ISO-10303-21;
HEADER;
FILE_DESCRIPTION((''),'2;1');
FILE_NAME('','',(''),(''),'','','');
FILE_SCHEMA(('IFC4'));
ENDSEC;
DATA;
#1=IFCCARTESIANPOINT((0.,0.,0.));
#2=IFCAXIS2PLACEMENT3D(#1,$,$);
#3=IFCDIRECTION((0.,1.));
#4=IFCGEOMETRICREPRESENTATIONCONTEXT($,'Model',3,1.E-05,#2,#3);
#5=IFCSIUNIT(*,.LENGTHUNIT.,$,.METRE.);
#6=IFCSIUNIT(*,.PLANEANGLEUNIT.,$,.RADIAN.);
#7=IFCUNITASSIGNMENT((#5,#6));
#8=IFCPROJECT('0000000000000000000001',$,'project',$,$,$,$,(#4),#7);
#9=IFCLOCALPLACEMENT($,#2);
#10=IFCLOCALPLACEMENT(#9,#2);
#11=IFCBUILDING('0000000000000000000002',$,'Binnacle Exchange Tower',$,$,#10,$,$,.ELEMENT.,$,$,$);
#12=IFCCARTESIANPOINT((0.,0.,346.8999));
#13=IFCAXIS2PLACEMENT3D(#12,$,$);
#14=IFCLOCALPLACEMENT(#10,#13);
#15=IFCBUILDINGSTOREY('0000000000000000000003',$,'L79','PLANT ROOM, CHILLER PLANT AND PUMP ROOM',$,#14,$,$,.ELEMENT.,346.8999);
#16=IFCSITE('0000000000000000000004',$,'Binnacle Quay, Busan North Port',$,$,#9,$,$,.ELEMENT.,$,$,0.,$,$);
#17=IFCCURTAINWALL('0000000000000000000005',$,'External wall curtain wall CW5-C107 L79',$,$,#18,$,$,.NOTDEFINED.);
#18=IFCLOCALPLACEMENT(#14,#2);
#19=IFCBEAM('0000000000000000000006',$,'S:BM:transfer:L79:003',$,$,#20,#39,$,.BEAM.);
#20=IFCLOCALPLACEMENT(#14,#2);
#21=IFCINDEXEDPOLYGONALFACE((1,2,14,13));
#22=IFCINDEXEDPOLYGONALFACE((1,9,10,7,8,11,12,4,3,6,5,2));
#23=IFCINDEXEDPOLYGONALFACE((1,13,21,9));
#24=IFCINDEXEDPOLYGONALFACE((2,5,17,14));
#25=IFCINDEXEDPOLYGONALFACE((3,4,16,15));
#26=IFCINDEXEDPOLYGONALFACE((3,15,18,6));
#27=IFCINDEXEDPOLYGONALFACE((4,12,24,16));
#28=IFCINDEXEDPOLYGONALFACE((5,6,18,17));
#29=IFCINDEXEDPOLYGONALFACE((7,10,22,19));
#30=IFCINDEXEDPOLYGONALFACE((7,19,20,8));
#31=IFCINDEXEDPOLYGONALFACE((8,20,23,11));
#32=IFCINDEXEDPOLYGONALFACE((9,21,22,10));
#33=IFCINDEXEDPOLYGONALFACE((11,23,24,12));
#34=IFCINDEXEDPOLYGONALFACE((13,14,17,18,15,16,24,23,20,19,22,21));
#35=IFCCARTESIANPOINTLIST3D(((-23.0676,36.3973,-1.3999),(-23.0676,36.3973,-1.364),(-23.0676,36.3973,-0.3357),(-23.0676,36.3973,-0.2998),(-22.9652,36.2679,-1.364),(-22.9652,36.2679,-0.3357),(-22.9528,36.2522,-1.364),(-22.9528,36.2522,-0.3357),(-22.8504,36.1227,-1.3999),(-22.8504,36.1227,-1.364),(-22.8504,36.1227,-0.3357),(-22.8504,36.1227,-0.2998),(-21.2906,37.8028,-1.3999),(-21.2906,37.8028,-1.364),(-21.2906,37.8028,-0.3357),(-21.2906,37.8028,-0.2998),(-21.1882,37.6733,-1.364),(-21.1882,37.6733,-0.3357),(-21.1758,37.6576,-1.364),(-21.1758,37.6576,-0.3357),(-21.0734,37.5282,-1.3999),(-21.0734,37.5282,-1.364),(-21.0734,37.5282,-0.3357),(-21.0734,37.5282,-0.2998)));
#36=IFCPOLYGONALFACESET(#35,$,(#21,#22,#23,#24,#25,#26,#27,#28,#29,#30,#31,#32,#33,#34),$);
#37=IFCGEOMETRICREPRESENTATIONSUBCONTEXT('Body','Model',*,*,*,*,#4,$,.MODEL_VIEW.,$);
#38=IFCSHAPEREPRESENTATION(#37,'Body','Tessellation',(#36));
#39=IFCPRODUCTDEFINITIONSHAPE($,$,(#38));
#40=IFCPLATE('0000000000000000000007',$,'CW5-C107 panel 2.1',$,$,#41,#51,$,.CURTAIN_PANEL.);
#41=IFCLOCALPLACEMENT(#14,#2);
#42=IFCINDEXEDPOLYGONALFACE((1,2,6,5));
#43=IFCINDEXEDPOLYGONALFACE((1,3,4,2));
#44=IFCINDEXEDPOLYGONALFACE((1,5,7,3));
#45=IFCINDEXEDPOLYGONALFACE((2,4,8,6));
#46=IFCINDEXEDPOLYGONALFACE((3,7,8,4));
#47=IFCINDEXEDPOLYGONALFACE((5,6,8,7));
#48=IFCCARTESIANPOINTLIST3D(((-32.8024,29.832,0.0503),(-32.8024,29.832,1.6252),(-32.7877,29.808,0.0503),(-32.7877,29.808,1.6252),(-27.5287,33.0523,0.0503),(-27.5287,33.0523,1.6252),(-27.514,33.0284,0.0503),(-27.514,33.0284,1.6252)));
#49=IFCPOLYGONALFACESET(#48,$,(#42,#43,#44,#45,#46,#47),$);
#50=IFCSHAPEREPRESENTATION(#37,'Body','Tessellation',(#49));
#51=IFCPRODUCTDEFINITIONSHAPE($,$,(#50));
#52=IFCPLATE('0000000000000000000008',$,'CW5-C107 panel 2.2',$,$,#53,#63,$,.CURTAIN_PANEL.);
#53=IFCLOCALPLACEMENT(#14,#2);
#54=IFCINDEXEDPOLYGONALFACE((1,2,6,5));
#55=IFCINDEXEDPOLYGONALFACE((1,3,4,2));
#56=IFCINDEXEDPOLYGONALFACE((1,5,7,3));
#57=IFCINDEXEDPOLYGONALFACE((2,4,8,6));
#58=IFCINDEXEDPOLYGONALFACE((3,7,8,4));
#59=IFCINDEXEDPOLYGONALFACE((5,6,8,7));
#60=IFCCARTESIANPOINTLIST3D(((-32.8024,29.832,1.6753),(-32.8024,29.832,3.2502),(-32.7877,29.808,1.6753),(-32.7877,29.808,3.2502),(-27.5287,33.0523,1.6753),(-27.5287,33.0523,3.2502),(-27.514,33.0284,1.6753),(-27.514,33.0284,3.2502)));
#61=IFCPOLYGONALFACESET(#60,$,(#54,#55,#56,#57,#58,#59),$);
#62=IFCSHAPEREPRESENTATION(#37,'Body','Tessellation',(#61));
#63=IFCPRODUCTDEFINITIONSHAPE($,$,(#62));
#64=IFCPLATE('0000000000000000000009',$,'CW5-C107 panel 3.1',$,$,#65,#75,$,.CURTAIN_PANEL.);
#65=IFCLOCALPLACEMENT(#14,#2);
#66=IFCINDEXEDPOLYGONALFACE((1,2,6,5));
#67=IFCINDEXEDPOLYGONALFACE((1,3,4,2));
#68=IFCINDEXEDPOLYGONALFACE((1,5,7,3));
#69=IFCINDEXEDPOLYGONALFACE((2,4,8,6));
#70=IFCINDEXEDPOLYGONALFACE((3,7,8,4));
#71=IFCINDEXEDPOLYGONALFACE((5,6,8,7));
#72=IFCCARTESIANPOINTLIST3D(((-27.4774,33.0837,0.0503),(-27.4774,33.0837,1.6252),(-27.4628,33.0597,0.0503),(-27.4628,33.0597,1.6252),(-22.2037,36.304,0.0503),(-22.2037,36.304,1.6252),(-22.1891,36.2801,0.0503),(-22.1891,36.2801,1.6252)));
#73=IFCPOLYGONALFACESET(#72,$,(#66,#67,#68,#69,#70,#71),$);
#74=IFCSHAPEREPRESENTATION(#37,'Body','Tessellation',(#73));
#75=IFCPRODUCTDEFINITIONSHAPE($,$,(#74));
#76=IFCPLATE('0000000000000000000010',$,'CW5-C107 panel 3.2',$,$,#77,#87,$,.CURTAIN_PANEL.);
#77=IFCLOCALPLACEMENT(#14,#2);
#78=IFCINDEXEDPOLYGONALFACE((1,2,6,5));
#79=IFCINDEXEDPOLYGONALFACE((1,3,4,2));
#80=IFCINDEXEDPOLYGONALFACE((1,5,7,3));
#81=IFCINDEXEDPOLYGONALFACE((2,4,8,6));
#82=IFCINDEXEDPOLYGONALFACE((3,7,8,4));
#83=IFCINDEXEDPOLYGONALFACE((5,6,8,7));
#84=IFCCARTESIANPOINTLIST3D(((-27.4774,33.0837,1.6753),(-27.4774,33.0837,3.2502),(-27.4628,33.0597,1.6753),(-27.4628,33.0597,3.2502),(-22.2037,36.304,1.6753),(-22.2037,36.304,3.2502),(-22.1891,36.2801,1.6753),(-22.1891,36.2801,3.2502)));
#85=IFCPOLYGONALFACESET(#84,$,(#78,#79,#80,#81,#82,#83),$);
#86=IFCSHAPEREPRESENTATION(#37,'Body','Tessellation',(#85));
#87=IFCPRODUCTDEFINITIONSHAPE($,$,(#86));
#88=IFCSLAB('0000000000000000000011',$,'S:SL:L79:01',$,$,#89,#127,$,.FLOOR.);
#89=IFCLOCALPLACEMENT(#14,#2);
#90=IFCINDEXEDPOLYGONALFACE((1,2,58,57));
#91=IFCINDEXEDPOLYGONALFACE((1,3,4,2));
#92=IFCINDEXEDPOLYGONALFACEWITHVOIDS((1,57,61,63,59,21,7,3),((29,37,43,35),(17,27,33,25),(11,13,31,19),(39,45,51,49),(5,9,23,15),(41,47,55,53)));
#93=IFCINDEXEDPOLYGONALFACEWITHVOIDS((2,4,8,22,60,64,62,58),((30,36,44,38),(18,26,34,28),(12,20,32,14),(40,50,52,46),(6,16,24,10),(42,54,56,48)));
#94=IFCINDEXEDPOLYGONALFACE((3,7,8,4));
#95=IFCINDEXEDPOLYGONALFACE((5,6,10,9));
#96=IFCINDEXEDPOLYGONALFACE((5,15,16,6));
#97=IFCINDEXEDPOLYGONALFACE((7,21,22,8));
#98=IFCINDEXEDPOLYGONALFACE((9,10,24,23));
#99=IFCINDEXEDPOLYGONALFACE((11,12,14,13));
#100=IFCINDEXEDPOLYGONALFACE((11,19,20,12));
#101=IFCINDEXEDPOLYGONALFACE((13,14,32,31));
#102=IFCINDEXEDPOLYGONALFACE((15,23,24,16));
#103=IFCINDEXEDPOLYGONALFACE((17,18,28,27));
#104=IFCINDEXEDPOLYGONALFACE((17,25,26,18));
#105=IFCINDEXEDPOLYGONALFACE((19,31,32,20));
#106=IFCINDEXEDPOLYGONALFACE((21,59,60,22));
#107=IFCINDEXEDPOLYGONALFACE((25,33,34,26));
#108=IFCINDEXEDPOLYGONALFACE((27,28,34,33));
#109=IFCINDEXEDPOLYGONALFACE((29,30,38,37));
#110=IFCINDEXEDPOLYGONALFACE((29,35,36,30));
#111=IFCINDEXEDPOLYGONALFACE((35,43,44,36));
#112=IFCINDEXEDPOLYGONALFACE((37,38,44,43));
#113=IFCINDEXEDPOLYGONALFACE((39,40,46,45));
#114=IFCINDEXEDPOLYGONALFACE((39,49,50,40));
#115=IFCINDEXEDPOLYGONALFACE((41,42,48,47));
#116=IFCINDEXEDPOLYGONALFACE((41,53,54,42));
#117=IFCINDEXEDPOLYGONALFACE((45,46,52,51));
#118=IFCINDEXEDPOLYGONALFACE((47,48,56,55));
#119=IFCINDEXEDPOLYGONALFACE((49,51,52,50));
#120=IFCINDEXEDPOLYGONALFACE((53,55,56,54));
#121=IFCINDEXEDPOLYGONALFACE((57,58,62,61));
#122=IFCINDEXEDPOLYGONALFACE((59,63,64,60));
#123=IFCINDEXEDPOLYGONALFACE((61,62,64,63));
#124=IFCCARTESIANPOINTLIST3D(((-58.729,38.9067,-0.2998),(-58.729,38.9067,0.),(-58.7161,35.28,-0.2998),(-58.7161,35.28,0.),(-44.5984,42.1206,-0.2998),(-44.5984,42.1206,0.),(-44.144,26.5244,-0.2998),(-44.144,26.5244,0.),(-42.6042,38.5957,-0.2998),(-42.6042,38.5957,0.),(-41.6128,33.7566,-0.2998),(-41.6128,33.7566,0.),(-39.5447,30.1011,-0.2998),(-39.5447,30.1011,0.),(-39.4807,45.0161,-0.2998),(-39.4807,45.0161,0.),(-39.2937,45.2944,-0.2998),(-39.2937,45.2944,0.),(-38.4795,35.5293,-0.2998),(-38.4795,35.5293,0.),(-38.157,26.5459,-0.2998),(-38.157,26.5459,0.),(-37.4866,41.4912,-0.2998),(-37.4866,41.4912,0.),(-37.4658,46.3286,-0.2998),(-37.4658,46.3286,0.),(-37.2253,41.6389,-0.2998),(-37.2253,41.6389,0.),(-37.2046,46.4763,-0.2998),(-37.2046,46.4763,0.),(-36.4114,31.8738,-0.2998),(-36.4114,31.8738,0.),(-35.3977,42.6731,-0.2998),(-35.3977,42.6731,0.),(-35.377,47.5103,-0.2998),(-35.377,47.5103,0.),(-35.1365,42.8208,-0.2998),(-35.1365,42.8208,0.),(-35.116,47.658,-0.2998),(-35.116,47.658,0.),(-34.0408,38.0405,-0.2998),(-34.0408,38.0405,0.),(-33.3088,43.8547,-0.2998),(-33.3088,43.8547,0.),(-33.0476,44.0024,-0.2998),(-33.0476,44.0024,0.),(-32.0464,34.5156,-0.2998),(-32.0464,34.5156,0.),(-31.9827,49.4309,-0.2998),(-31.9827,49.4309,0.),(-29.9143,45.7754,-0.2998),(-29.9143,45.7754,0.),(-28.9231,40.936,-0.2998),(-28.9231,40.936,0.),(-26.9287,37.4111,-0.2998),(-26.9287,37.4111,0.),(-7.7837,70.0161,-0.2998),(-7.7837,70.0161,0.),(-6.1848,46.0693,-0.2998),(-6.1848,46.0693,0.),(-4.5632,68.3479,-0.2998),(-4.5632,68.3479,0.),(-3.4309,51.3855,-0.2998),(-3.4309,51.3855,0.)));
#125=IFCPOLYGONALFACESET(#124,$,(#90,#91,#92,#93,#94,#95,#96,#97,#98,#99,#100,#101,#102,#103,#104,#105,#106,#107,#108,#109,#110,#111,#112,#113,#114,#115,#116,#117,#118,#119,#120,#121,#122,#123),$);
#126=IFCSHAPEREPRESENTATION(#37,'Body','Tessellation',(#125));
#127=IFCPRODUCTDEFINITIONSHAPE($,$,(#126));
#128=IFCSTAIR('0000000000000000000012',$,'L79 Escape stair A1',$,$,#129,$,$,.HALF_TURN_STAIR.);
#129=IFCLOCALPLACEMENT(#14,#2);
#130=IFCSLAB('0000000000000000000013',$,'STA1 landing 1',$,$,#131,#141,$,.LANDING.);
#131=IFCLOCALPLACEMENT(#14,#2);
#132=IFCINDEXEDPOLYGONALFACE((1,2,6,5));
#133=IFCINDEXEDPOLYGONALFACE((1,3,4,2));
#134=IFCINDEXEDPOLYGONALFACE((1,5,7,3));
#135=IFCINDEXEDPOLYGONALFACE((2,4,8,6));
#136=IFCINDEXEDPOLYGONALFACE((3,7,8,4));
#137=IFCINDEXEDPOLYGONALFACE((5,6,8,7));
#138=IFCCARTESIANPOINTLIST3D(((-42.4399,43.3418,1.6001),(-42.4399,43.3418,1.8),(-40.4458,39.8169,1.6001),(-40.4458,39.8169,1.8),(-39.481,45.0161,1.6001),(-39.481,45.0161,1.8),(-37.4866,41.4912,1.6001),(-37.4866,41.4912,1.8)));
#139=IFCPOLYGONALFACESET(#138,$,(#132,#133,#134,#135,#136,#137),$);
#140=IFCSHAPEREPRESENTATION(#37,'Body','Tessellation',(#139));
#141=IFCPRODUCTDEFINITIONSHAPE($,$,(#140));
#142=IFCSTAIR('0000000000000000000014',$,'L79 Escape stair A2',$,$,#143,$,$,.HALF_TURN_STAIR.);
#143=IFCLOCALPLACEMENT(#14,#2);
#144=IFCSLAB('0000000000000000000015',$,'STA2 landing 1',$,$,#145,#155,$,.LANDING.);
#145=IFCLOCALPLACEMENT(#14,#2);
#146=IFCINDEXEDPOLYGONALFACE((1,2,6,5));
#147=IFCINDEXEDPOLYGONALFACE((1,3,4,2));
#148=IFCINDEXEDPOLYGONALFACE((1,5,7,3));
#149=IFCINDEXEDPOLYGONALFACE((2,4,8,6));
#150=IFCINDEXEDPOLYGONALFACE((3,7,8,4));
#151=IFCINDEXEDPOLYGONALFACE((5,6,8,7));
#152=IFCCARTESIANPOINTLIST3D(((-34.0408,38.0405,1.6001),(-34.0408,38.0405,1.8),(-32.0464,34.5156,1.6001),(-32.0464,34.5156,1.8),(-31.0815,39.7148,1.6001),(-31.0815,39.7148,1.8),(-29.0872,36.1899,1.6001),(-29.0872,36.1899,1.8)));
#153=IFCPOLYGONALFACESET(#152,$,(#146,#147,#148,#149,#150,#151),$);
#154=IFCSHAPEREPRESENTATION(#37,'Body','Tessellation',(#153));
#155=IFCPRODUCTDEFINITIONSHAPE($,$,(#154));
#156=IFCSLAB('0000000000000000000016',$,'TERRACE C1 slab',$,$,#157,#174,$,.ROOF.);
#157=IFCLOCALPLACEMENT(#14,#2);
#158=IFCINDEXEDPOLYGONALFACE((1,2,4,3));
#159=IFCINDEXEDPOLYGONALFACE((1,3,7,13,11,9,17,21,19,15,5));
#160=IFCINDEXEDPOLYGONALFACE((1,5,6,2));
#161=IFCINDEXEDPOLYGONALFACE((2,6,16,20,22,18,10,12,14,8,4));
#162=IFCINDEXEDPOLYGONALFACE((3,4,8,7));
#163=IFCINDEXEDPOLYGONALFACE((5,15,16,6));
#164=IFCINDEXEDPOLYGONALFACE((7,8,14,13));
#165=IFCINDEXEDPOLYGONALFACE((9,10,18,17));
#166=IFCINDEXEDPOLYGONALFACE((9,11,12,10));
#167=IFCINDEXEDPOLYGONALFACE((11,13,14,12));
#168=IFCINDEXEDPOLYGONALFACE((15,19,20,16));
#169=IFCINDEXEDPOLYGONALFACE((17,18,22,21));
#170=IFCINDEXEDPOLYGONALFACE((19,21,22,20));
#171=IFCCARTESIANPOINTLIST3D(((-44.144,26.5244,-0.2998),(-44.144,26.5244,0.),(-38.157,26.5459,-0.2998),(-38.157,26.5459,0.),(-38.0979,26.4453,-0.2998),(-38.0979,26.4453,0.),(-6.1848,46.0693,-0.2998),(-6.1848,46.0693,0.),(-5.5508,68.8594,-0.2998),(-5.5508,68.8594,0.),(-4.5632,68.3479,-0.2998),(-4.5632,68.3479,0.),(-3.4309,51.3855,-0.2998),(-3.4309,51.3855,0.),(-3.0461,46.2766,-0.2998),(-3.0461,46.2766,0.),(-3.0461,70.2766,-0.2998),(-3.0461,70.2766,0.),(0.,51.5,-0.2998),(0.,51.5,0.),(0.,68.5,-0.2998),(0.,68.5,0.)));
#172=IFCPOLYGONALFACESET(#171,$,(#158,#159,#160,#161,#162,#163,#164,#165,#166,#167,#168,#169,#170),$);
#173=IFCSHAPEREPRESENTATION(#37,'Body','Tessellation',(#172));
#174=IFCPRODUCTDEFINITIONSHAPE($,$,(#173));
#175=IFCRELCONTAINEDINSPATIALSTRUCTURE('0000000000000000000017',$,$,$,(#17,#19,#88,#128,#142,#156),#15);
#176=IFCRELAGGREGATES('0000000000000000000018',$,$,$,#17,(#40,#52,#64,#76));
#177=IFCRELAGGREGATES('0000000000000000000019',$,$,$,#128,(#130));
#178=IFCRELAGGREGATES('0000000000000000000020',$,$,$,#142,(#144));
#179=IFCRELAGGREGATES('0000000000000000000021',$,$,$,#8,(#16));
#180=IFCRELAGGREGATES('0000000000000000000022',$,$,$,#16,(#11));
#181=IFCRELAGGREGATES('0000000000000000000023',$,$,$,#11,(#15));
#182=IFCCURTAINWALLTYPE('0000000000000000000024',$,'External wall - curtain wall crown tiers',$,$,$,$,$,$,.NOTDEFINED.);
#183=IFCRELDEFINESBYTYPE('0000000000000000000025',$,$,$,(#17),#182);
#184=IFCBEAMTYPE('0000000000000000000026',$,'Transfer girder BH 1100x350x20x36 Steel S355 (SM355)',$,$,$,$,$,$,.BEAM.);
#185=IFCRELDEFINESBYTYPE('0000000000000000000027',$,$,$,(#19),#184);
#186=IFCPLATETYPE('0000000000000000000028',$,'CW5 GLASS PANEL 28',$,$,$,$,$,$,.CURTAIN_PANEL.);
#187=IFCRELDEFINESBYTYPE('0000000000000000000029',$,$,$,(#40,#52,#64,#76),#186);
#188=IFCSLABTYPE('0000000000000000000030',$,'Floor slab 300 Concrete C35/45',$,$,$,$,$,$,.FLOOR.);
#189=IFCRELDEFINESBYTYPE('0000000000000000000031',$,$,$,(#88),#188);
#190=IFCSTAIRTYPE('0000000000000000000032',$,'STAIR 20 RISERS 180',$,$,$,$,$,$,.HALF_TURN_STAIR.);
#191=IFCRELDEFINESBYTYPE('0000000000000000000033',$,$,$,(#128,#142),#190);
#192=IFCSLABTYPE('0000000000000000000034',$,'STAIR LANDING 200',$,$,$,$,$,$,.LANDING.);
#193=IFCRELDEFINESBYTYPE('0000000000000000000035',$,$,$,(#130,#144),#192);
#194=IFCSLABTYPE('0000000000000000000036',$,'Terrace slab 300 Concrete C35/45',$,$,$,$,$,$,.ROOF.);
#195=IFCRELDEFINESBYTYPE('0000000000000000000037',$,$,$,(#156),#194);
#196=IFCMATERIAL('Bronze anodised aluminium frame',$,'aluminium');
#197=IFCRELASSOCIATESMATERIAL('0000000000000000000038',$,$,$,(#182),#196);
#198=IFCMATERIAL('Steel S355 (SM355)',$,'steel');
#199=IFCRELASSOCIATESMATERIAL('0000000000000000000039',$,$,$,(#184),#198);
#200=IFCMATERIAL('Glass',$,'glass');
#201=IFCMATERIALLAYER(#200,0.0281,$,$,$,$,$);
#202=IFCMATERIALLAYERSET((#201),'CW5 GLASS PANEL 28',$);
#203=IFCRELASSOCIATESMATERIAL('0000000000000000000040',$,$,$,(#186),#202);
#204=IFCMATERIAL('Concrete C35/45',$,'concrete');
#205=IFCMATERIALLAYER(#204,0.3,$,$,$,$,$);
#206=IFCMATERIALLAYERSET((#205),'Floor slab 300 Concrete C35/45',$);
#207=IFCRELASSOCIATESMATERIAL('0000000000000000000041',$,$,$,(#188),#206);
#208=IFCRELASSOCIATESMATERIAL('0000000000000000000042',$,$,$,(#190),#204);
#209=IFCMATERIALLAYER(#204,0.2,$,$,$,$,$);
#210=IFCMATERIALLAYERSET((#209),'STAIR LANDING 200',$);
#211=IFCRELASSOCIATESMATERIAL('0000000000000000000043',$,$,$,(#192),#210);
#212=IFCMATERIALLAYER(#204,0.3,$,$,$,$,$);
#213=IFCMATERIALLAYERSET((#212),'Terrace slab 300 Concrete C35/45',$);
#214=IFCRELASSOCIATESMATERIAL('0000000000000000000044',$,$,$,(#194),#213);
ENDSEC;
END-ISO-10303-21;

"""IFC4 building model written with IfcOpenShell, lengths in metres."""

from ifc_helpers import new_model, si_unit, direction, frame, origin, origin_2d, place, context, subcontext, project, spatial, polyline, rectangle, i_section, outline, extrude, material, layer, layer_set, material_profile, profile_set, type_object, element, aggregate, save


model = new_model("IFC4")

# Units and contexts
model_context = context("Model", 3, precision=1e-05, world=origin(), true_north=direction((0.0, 1.0)))
body_context = subcontext(model_context, "Body", "Model", "MODEL_VIEW")
ifc_project = project(units=[si_unit("LENGTHUNIT", "METRE"), si_unit("PLANEANGLEUNIT", "RADIAN")], contexts=[model_context])

# Site, building, storey
site_placement = place(None, origin())
site = spatial("IfcSite", under=ifc_project, at=site_placement, Name="Binnacle Quay, Busan North Port", CompositionType="ELEMENT", RefElevation=0.0)
building_placement = place(site_placement, origin())
building = spatial("IfcBuilding", under=site, at=building_placement, Name="Binnacle Exchange Tower", CompositionType="ELEMENT")
storey_placement = place(building_placement, frame((0.0, 0.0, 346.8999)))
storey = spatial("IfcBuildingStorey", under=building, at=storey_placement, Name="L79", Description="PLANT ROOM, CHILLER PLANT AND PUMP ROOM", CompositionType="ELEMENT", Elevation=346.8999)

# Curtain wall
ifc_material_1 = material(Name="Bronze anodised aluminium frame", Category="aluminium")
curtain_wall_type = type_object("IfcCurtainWallType", Name="External wall - curtain wall crown tiers", PredefinedType="NOTDEFINED", material=ifc_material_1)
curtain_wall_placement = place(storey_placement, origin())
curtain_wall = element("IfcCurtainWall", 1, at=curtain_wall_placement, inside=storey, type_object=curtain_wall_type, Name="External wall curtain wall CW5-C107 L79", PredefinedType="NOTDEFINED")

# Beam
ifc_material_2 = material(Name="Steel S355 (SM355)", Category="steel")
ifc_material_profile_1 = material_profile(ifc_material_2, i_section(OverallWidth=0.3501, OverallDepth=1.1001, WebThickness=0.02, FlangeThickness=0.0359, at=origin_2d()), Name="BH 1100x350x20x36")
ifc_profile_set_1 = profile_set([ifc_material_profile_1], Name="Steel S355 (SM355)")
beam_type_1 = type_object("IfcBeamType", Name="Transfer girder BH 1100x350x20x36 Steel S355 (SM355)", PredefinedType="BEAM", material=ifc_profile_set_1)
beam_1_placement = place(storey_placement, frame((-22.959, 36.26, -0.8499), z_axis=(0.784336, 0.620336, 0.0), x_axis=(-0.620336, 0.784336, 0.0)))
element("IfcBeam", 2, at=beam_1_placement, inside=storey, type_object=beam_type_1, Name="S:BM:transfer:L79:003", PredefinedType="BEAM", context=body_context, shape_type="SweptSolid", body=[
    extrude(i_section(OverallWidth=0.3501, OverallDepth=1.1001, WebThickness=0.02, FlangeThickness=0.0359, at=origin_2d()), origin(), (0.0, 0.0, 1.0), 2.2656),
])

# Plates
ifc_material_3 = material(Name="Glass", Category="glass")
ifc_layer_1 = layer(ifc_material_3, 0.0281)
ifc_layer_set_1 = layer_set([ifc_layer_1], Name="CW5 GLASS PANEL 28")
plate_type = type_object("IfcPlateType", Name="CW5 GLASS PANEL 28", PredefinedType="CURTAIN_PANEL", material=ifc_layer_set_1)
plate_1_placement = place(storey_placement, frame((-30.1582, 31.4302, 0.0503), z_axis=(0.0, 0.0, 1.0), x_axis=(0.853461, 0.521157, 0.0)))
plate_1 = element("IfcPlate", 3, at=plate_1_placement, type_object=plate_type, Name="CW5-C107 panel 2.1", PredefinedType="CURTAIN_PANEL", context=body_context, shape_type="SweptSolid", body=[
    extrude(rectangle(XDim=6.1792, YDim=0.0281, at=origin_2d()), origin(), (0.0, 0.0, 1.0), 1.575),
])
plate_2_placement = place(storey_placement, frame((-30.1582, 31.4302, 1.6753), z_axis=(0.0, 0.0, 1.0), x_axis=(0.853461, 0.521157, 0.0)))
plate_2 = element("IfcPlate", 4, at=plate_2_placement, type_object=plate_type, Name="CW5-C107 panel 2.2", PredefinedType="CURTAIN_PANEL", context=body_context, shape_type="SweptSolid", body=[
    extrude(rectangle(XDim=6.1792, YDim=0.0281, at=origin_2d()), origin(), (0.0, 0.0, 1.0), 1.575),
])
plate_3_placement = place(storey_placement, frame((-24.8333, 34.6819, 0.0503), z_axis=(0.0, 0.0, 1.0), x_axis=(0.853461, 0.521157, 0.0)))
plate_3 = element("IfcPlate", 5, at=plate_3_placement, type_object=plate_type, Name="CW5-C107 panel 3.1", PredefinedType="CURTAIN_PANEL", context=body_context, shape_type="SweptSolid", body=[
    extrude(rectangle(XDim=6.1792, YDim=0.0281, at=origin_2d()), origin(), (0.0, 0.0, 1.0), 1.575),
])
plate_4_placement = place(storey_placement, frame((-24.8333, 34.6819, 1.6753), z_axis=(0.0, 0.0, 1.0), x_axis=(0.853461, 0.521157, 0.0)))
plate_4 = element("IfcPlate", 6, at=plate_4_placement, type_object=plate_type, Name="CW5-C107 panel 3.2", PredefinedType="CURTAIN_PANEL", context=body_context, shape_type="SweptSolid", body=[
    extrude(rectangle(XDim=6.1792, YDim=0.0281, at=origin_2d()), origin(), (0.0, 0.0, 1.0), 1.575),
])
aggregate(curtain_wall, [plate_1, plate_2, plate_3, plate_4])

# Slab
ifc_material_4 = material(Name="Concrete C35/45", Category="concrete")
ifc_layer_2 = layer(ifc_material_4, 0.3)
ifc_layer_set_2 = layer_set([ifc_layer_2], Name="Floor slab 300 Concrete C35/45")
slab_type_1 = type_object("IfcSlabType", Name="Floor slab 300 Concrete C35/45", PredefinedType="FLOOR", material=ifc_layer_set_2)
slab_1_placement = place(storey_placement, frame((0.0, 0.0, -0.2998)))
element("IfcSlab", 7, at=slab_1_placement, inside=storey, type_object=slab_type_1, Name="S:SL:L79:01", PredefinedType="FLOOR", context=body_context, shape_type="SweptSolid", body=[
    extrude(outline(polyline([(-38.157, 26.5459), (-44.144, 26.5244), (-58.7161, 35.28), (-58.729, 38.9067), (-7.7837, 70.0161), (-4.5632, 68.3479), (-3.4309, 51.3855), (-6.1848, 46.0693), (-38.157, 26.5459)]), holes=[polyline([(-41.6128, 33.7566), (-39.5447, 30.1011), (-36.4114, 31.8738), (-38.4795, 35.5293), (-41.6128, 33.7566)]), polyline([(-32.0464, 34.5156), (-26.9287, 37.4111), (-28.9231, 40.936), (-34.0408, 38.0405), (-32.0464, 34.5156)]), polyline([(-39.4807, 45.0161), (-44.5984, 42.1206), (-42.6042, 38.5957), (-37.4866, 41.4912), (-39.4807, 45.0161)]), polyline([(-39.2937, 45.2944), (-37.2253, 41.6389), (-35.3977, 42.6731), (-37.4658, 46.3286), (-39.2937, 45.2944)]), polyline([(-35.377, 47.5103), (-37.2046, 46.4763), (-35.1365, 42.8208), (-33.3088, 43.8547), (-35.377, 47.5103)]), polyline([(-31.9827, 49.4309), (-35.116, 47.658), (-33.0476, 44.0024), (-29.9143, 45.7754), (-31.9827, 49.4309)])]), origin(), (0.0, 0.0, 1.0), 0.2998),
])

# Stairs, slabs
stair_type = type_object("IfcStairType", Name="STAIR 20 RISERS 180", PredefinedType="HALF_TURN_STAIR", material=ifc_material_4)
stair_1_placement = place(storey_placement, origin())
stair_1 = element("IfcStair", 8, at=stair_1_placement, inside=storey, type_object=stair_type, Name="L79 Escape stair A1", PredefinedType="HALF_TURN_STAIR")
ifc_layer_3 = layer(ifc_material_4, 0.2)
ifc_layer_set_3 = layer_set([ifc_layer_3], Name="STAIR LANDING 200")
slab_type_2 = type_object("IfcSlabType", Name="STAIR LANDING 200", PredefinedType="LANDING", material=ifc_layer_set_3)
slab_2_placement = place(storey_placement, frame((0.0, 0.0, 1.6001)))
slab_2 = element("IfcSlab", 9, at=slab_2_placement, type_object=slab_type_2, Name="STA1 landing 1", PredefinedType="LANDING", context=body_context, shape_type="SweptSolid", body=[
    extrude(outline(polyline([(-40.4458, 39.8169), (-37.4866, 41.4912), (-39.481, 45.0161), (-42.4399, 43.3418), (-40.4458, 39.8169)])), origin(), (0.0, 0.0, 1.0), 0.2),
])
aggregate(stair_1, [slab_2])
stair_2_placement = place(storey_placement, origin())
stair_2 = element("IfcStair", 10, at=stair_2_placement, inside=storey, type_object=stair_type, Name="L79 Escape stair A2", PredefinedType="HALF_TURN_STAIR")
slab_3_placement = place(storey_placement, frame((0.0, 0.0, 1.6001)))
slab_3 = element("IfcSlab", 11, at=slab_3_placement, type_object=slab_type_2, Name="STA2 landing 1", PredefinedType="LANDING", context=body_context, shape_type="SweptSolid", body=[
    extrude(outline(polyline([(-31.0815, 39.7148), (-34.0408, 38.0405), (-32.0464, 34.5156), (-29.0872, 36.1899), (-31.0815, 39.7148)])), origin(), (0.0, 0.0, 1.0), 0.2),
])

# Slab
ifc_layer_4 = layer(ifc_material_4, 0.3)
ifc_layer_set_4 = layer_set([ifc_layer_4], Name="Terrace slab 300 Concrete C35/45")
slab_type_3 = type_object("IfcSlabType", Name="Terrace slab 300 Concrete C35/45", PredefinedType="ROOF", material=ifc_layer_set_4)
slab_4_placement = place(storey_placement, frame((0.0, 0.0, -0.2998)))
element("IfcSlab", 12, at=slab_4_placement, inside=storey, type_object=slab_type_3, Name="TERRACE C1 slab", PredefinedType="ROOF", context=body_context, shape_type="SweptSolid", body=[
    extrude(outline(polyline([(-3.0461, 70.2766), (0.0, 68.5), (0.0, 51.5), (-3.0461, 46.2766), (-38.0979, 26.4453), (-44.144, 26.5244), (-38.157, 26.5459), (-6.1848, 46.0693), (-3.4309, 51.3855), (-4.5632, 68.3479), (-5.5508, 68.8594), (-3.0461, 70.2766)])), origin(), (0.0, 0.0, 1.0), 0.2998),
])

aggregate(stair_2, [slab_3])

save(model, "model.ifc")
